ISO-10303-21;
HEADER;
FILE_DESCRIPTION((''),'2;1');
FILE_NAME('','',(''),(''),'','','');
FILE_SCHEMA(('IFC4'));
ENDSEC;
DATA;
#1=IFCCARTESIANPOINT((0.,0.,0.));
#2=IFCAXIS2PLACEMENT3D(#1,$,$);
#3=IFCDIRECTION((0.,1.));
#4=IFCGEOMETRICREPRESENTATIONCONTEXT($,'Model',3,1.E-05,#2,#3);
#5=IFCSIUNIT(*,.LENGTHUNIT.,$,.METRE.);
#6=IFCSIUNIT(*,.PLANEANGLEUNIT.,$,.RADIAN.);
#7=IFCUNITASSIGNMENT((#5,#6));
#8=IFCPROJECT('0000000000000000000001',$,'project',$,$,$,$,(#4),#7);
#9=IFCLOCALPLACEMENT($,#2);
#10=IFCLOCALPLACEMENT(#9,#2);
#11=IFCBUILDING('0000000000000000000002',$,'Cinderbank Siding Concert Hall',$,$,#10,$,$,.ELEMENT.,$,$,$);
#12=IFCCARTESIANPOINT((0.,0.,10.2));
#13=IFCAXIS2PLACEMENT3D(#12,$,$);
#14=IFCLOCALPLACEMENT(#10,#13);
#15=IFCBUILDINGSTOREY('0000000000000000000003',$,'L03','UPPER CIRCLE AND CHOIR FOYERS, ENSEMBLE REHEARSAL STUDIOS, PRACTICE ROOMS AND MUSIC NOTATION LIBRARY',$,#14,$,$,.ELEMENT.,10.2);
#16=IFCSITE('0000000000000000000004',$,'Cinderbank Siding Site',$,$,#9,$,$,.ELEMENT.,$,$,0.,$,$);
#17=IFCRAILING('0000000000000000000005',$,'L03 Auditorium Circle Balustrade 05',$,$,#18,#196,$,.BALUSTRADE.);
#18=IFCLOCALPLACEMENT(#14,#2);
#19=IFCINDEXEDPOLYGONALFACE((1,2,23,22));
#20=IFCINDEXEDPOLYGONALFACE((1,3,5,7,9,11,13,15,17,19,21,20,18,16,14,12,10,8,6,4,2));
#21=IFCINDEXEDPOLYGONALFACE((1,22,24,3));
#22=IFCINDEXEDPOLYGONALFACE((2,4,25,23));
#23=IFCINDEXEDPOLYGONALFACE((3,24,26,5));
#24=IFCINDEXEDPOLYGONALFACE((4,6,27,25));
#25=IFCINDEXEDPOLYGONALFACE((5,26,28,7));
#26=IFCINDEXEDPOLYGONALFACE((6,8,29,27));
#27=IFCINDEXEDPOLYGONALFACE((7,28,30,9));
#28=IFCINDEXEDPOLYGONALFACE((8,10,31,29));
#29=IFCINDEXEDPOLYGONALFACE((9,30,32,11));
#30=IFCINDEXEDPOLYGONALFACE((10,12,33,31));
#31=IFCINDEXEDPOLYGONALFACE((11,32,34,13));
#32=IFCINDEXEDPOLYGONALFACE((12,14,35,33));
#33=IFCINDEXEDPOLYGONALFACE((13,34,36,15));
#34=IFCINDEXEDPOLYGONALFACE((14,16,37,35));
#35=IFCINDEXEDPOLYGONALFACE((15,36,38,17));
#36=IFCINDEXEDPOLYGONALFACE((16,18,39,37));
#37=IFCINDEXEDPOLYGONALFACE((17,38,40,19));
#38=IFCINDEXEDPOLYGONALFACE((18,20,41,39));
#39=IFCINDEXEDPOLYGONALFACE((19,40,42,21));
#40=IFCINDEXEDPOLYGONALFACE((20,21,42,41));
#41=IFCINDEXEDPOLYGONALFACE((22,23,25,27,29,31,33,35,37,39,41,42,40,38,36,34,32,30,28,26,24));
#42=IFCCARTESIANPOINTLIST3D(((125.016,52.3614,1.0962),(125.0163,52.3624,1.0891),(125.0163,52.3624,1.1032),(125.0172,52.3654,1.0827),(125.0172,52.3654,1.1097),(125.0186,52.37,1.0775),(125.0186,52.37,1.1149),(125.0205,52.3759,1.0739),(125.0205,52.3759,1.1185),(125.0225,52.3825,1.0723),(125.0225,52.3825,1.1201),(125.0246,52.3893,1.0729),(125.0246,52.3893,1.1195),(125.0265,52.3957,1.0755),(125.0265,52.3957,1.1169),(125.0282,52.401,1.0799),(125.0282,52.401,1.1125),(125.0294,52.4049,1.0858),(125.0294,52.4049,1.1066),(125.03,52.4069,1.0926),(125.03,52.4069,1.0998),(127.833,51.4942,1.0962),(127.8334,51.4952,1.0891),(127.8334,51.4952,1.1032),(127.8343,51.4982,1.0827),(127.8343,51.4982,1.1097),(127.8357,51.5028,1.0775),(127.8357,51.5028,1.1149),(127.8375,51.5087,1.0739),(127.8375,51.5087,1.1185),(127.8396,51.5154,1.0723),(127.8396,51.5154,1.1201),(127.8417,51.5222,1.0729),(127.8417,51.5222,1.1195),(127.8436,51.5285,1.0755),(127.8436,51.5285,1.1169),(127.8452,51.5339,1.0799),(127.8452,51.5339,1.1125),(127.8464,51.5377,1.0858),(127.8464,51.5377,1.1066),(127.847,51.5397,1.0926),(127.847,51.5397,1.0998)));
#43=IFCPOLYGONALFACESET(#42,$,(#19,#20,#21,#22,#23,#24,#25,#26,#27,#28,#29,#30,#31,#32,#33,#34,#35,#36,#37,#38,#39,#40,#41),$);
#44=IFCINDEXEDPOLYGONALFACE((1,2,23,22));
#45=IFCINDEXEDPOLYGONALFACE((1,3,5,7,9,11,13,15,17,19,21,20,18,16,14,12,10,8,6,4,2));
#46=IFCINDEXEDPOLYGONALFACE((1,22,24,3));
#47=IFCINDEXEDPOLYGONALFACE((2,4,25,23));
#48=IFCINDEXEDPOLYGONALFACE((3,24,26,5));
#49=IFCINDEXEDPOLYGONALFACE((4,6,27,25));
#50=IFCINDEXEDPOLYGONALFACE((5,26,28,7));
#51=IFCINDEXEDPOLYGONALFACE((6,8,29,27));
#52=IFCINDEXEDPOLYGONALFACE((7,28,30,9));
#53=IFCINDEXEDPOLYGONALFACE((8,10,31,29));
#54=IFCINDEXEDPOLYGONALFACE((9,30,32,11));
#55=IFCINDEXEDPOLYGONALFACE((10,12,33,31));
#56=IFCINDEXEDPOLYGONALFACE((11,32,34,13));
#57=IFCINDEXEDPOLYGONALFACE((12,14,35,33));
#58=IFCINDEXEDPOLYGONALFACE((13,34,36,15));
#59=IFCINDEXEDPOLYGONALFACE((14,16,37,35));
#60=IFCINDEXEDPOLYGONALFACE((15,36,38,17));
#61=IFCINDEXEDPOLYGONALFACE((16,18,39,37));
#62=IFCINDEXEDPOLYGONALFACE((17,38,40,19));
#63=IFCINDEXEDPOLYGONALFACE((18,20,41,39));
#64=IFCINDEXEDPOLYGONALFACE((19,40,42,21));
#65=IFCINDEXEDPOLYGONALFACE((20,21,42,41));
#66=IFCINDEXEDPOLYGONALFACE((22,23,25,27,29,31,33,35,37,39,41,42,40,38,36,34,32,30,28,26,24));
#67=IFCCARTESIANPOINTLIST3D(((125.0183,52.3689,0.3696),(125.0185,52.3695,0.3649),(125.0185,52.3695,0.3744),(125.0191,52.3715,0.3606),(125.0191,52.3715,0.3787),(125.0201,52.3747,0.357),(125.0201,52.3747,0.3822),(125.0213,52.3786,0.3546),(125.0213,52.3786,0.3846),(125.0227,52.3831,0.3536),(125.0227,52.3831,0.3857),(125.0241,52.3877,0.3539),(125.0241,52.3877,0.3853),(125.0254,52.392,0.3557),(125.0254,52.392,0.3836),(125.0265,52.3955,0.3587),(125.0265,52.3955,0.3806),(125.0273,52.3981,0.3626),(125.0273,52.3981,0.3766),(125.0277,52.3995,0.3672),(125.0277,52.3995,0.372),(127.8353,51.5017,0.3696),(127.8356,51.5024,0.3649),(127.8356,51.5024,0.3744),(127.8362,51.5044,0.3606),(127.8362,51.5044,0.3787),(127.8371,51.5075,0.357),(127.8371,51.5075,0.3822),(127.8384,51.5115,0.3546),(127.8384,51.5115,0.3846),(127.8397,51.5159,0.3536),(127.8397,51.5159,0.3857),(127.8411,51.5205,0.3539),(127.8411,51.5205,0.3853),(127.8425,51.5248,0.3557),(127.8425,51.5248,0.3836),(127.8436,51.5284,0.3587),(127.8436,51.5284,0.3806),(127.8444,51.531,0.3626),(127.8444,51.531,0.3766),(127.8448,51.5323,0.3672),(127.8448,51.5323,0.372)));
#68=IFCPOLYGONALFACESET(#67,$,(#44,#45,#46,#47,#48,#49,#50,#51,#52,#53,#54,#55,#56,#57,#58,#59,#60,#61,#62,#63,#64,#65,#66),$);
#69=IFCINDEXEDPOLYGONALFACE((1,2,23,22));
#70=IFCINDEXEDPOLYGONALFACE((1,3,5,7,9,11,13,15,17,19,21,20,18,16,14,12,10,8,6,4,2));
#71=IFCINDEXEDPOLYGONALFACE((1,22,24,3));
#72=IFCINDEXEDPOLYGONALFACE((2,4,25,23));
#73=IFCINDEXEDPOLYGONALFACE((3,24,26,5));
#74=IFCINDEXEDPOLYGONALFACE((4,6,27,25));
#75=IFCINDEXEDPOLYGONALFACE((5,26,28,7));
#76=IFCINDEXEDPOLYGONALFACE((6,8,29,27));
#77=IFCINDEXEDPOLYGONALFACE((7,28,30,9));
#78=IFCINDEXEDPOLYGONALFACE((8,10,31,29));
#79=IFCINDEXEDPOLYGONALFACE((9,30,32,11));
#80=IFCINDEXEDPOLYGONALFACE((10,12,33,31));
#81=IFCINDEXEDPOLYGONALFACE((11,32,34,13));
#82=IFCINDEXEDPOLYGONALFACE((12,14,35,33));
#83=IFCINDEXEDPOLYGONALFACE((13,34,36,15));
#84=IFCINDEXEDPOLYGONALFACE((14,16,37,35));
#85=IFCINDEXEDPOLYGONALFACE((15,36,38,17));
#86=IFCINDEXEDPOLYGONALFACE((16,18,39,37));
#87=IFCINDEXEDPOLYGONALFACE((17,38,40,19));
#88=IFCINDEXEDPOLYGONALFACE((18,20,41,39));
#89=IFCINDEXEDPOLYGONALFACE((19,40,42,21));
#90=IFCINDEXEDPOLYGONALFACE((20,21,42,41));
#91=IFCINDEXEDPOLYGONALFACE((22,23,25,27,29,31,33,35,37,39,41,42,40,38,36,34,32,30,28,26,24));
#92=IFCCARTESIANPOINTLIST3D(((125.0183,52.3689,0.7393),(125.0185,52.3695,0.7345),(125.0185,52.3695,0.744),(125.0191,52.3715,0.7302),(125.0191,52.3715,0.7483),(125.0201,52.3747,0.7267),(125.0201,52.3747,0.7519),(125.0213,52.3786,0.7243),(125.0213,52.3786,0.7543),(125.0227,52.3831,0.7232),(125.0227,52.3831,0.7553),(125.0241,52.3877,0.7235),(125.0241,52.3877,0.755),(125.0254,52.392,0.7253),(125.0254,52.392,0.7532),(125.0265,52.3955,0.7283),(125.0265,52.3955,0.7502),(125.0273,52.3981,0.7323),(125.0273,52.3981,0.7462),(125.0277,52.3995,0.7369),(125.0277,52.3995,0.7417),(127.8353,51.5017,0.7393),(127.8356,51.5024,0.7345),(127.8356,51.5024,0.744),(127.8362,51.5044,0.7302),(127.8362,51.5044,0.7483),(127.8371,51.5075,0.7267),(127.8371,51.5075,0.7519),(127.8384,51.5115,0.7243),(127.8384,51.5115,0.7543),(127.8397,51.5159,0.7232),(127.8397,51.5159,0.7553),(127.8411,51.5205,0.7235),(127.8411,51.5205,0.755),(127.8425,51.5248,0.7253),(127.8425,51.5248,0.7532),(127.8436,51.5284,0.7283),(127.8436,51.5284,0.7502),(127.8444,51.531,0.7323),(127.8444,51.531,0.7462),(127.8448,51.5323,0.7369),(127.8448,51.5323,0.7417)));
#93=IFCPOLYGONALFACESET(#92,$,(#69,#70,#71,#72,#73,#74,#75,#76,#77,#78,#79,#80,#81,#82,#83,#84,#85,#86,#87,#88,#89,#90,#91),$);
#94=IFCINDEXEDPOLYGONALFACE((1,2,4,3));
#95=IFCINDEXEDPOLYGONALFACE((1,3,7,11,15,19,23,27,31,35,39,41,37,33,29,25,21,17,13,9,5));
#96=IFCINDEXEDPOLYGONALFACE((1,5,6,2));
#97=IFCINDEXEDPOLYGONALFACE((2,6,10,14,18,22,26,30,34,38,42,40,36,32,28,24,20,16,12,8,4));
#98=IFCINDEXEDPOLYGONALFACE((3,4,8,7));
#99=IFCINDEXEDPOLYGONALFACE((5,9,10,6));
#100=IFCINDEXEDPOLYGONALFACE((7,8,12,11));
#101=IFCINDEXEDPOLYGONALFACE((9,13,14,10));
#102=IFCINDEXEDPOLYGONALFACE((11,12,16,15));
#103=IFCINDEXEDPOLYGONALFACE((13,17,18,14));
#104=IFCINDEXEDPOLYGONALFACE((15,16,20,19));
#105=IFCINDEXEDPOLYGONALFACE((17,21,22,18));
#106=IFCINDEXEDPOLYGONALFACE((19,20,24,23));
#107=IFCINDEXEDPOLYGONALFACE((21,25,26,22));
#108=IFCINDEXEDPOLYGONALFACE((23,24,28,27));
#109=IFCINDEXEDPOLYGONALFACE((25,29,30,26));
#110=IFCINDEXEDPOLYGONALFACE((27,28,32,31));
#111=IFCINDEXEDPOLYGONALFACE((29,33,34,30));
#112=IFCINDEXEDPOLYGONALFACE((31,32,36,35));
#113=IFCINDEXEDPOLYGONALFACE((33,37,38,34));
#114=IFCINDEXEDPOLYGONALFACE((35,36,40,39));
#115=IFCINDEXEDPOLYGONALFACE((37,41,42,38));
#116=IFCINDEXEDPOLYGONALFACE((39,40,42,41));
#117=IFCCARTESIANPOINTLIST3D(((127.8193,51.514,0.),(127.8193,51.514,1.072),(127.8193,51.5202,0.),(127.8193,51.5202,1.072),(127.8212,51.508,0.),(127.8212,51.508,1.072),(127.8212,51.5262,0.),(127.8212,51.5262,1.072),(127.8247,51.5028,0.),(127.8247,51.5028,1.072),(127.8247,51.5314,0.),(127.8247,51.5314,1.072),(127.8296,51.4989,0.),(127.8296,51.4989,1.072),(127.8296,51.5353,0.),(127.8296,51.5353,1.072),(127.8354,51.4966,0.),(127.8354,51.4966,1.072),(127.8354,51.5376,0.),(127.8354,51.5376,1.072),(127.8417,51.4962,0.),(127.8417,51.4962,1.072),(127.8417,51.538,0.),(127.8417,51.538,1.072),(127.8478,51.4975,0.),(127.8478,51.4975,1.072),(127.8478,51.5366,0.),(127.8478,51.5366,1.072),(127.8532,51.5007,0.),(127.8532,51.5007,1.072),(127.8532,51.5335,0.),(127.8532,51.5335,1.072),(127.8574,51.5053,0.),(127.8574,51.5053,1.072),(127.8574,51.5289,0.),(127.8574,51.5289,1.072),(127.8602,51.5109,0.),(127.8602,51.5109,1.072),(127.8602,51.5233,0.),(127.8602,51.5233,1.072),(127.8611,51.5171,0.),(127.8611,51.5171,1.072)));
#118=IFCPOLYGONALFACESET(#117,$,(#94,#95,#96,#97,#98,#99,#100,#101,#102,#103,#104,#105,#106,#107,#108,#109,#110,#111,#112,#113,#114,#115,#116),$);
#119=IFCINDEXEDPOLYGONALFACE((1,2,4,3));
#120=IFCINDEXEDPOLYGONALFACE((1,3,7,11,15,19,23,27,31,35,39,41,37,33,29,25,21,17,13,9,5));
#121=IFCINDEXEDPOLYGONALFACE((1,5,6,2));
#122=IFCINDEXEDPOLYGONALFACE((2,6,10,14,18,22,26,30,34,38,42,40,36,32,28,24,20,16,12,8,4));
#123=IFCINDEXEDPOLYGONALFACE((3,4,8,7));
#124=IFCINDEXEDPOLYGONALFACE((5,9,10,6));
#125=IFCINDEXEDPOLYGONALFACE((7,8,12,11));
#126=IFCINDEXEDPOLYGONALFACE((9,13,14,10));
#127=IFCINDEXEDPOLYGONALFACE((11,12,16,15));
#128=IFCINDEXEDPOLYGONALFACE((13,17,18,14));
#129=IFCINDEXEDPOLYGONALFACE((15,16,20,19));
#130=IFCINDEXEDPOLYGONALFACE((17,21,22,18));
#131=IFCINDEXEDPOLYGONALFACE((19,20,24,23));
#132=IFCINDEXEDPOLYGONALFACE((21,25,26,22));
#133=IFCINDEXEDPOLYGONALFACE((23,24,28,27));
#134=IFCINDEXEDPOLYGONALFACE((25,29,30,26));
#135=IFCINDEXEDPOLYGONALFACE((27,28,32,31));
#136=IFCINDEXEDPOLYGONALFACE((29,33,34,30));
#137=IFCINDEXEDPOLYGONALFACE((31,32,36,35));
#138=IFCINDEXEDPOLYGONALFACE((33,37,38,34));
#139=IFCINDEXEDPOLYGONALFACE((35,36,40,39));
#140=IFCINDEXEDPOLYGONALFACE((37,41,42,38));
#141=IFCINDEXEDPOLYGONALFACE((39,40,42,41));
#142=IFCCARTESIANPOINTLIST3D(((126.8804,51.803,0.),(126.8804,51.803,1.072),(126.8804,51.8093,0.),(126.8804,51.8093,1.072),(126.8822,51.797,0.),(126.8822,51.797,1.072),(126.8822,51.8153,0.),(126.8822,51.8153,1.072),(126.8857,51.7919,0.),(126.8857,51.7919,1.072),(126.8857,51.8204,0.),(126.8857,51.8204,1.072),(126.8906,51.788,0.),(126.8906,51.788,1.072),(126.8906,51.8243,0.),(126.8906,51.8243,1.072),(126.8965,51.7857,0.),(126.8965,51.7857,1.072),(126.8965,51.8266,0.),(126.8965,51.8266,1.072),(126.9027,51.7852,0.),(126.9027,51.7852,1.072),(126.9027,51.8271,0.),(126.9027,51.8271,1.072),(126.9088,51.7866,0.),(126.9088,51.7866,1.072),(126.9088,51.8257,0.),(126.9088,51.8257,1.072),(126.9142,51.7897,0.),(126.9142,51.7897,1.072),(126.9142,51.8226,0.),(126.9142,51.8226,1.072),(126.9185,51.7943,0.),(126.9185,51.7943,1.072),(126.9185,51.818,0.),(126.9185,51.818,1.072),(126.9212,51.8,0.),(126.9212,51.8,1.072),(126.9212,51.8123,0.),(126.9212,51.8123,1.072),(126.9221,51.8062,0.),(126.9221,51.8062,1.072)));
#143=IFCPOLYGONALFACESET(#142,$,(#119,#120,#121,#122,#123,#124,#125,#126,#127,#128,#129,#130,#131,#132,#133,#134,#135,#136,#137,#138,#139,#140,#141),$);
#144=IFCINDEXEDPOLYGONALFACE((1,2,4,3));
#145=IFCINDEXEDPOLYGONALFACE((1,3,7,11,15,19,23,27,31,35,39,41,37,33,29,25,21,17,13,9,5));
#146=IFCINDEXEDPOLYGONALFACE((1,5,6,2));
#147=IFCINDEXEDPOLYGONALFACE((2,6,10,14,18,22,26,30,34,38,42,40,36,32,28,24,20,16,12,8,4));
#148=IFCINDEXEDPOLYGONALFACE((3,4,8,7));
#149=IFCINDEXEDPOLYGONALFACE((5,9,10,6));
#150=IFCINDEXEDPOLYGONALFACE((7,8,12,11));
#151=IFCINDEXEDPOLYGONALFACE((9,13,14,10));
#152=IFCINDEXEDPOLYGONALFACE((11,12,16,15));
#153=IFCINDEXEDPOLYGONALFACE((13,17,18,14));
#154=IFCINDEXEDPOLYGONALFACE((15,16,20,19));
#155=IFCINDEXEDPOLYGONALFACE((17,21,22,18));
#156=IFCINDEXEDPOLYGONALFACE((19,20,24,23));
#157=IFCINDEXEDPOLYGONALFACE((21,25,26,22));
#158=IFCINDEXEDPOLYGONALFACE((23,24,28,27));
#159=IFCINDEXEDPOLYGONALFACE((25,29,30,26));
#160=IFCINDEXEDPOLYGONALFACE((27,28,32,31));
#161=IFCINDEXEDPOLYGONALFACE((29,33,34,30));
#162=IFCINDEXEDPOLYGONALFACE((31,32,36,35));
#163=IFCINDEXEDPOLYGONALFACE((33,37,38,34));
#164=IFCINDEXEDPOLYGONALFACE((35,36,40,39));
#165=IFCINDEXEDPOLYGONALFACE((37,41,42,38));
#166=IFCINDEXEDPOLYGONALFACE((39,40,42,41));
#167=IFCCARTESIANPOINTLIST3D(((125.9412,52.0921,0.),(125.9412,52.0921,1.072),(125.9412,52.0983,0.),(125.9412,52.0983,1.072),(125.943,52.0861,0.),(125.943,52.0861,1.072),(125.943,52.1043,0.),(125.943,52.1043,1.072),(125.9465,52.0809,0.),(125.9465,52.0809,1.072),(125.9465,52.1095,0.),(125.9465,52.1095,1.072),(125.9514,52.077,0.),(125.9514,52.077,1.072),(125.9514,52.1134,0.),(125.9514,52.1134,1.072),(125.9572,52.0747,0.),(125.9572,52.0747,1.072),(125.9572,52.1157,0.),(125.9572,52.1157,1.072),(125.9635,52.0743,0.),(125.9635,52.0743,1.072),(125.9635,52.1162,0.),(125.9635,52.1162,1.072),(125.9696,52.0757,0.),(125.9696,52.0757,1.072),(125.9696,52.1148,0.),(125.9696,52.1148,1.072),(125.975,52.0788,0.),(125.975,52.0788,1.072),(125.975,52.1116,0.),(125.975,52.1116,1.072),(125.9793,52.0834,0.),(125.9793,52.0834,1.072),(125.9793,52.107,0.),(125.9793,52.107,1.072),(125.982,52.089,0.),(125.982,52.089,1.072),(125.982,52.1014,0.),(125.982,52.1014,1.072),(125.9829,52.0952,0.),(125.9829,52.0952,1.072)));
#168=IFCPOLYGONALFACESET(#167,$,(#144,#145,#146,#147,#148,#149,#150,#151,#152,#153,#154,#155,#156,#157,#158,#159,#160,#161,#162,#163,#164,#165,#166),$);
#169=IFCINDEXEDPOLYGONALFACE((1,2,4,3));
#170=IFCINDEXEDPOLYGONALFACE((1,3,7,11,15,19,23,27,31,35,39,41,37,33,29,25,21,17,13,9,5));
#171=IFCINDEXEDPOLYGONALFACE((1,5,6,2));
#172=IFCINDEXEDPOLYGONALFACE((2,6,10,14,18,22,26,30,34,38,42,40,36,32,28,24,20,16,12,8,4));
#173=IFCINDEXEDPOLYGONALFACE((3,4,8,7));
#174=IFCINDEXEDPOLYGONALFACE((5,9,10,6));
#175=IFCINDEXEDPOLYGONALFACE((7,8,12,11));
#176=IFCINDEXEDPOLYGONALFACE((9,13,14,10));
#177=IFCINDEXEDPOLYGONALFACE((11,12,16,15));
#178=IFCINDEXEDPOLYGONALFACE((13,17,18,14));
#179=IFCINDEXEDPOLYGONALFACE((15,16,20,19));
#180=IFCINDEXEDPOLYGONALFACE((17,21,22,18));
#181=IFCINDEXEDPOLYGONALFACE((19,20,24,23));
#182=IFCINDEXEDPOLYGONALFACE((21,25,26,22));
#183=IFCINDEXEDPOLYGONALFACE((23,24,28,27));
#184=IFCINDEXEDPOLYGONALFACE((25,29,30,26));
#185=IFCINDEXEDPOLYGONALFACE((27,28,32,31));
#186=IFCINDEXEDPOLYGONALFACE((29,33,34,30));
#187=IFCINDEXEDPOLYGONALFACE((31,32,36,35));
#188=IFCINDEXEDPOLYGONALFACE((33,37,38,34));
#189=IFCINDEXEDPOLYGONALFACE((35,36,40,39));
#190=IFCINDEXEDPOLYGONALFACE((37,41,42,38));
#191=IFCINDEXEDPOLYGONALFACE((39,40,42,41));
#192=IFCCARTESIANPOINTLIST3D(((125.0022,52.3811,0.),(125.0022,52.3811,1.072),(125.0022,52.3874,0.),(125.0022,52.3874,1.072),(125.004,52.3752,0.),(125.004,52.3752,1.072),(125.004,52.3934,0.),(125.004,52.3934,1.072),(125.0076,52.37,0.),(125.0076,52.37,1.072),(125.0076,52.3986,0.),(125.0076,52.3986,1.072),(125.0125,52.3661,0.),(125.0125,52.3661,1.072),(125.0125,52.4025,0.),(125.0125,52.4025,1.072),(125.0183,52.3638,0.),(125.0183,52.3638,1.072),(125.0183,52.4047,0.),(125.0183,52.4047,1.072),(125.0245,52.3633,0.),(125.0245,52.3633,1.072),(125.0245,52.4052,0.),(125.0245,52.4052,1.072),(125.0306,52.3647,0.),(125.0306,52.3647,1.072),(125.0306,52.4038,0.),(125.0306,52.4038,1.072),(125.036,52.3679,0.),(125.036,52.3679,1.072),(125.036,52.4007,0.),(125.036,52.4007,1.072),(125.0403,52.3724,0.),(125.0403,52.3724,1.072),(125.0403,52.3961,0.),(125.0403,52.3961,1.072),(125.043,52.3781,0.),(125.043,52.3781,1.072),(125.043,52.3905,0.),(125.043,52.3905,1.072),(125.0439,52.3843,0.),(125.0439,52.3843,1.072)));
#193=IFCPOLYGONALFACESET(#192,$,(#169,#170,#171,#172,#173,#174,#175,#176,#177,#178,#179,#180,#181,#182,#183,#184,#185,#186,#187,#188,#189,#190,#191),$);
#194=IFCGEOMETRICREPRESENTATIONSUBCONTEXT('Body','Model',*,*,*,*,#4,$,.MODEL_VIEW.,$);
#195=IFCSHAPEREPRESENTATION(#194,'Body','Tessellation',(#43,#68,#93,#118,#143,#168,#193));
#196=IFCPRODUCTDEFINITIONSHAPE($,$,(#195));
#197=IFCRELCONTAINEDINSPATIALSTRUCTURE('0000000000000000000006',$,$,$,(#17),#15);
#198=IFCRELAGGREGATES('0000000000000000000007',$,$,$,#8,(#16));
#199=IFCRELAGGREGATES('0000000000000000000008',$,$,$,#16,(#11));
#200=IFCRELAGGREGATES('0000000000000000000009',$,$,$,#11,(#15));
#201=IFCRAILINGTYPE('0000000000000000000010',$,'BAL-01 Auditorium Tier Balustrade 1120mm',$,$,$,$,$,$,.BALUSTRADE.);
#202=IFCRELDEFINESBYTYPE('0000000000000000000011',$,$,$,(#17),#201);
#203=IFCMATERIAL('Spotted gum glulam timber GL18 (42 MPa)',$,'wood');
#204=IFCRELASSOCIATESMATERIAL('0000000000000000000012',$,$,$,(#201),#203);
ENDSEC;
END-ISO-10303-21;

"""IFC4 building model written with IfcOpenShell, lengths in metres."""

from ifc_helpers import new_model, si_unit, direction, frame, origin, origin_2d, place, context, subcontext, project, spatial, circle, extrude, material, type_object, element, save


model = new_model("IFC4")

# Units and contexts
model_context = context("Model", 3, precision=1e-05, world=origin(), true_north=direction((0.0, 1.0)))
body_context = subcontext(model_context, "Body", "Model", "MODEL_VIEW")
ifc_project = project(units=[si_unit("LENGTHUNIT", "METRE"), si_unit("PLANEANGLEUNIT", "RADIAN")], contexts=[model_context])

# Site, building, storey
site_placement = place(None, origin())
site = spatial("IfcSite", under=ifc_project, at=site_placement, Name="Cinderbank Siding Site", CompositionType="ELEMENT", RefElevation=0.0)
building_placement = place(site_placement, origin())
building = spatial("IfcBuilding", under=site, at=building_placement, Name="Cinderbank Siding Concert Hall", CompositionType="ELEMENT")
storey_placement = place(building_placement, frame((0.0, 0.0, 10.2)))
storey = spatial("IfcBuildingStorey", under=building, at=storey_placement, Name="L03", Description="UPPER CIRCLE AND CHOIR FOYERS, ENSEMBLE REHEARSAL STUDIOS, PRACTICE ROOMS AND MUSIC NOTATION LIBRARY", CompositionType="ELEMENT", Elevation=10.2)

# Shared definitions
ifc_material_1 = material(Name="Spotted gum glulam timber GL18 (42 MPa)", Category="wood")

# Railing
railing_type = type_object("IfcRailingType", Name="BAL-01 Auditorium Tier Balustrade 1120mm", PredefinedType="BALUSTRADE", material=ifc_material_1)
railing_1_placement = place(storey_placement, frame((127.8401, 51.5171, 0.0)))
element("IfcRailing", 1, at=railing_1_placement, inside=storey, type_object=railing_type, Name="L03 Auditorium Circle Balustrade 05", PredefinedType="BALUSTRADE", context=body_context, shape_type="SweptSolid", body=[
    extrude(circle(Radius=0.0239, at=origin_2d()), frame((0.0, 0.0, 1.0962), z_axis=(-0.955743, 0.294202, 0.0), x_axis=(-0.294202, -0.955743, 0.0)), (0.0, 0.0, 1.0), 2.9475),
    extrude(circle(Radius=0.0161, at=origin_2d()), frame((0.0, 0.0, 0.3696), z_axis=(-0.955743, 0.294202, 0.0), x_axis=(-0.294202, -0.955743, 0.0)), (0.0, 0.0, 1.0), 2.9475),
    extrude(circle(Radius=0.0161, at=origin_2d()), frame((0.0, 0.0, 0.7393), z_axis=(-0.955743, 0.294202, 0.0), x_axis=(-0.294202, -0.955743, 0.0)), (0.0, 0.0, 1.0), 2.9475),
    extrude(circle(Radius=0.021, at=origin_2d()), origin(), (0.0, 0.0, 1.0), 1.072),
    extrude(circle(Radius=0.021, at=origin_2d()), frame((-0.939, 0.2891, 0.0)), (0.0, 0.0, 1.0), 1.072),
    extrude(circle(Radius=0.021, at=origin_2d()), frame((-1.8782, 0.5781, 0.0)), (0.0, 0.0, 1.0), 1.072),
    extrude(circle(Radius=0.021, at=origin_2d()), frame((-2.8171, 0.8672, 0.0)), (0.0, 0.0, 1.0), 1.072),
])

save(model, "model.ifc")
